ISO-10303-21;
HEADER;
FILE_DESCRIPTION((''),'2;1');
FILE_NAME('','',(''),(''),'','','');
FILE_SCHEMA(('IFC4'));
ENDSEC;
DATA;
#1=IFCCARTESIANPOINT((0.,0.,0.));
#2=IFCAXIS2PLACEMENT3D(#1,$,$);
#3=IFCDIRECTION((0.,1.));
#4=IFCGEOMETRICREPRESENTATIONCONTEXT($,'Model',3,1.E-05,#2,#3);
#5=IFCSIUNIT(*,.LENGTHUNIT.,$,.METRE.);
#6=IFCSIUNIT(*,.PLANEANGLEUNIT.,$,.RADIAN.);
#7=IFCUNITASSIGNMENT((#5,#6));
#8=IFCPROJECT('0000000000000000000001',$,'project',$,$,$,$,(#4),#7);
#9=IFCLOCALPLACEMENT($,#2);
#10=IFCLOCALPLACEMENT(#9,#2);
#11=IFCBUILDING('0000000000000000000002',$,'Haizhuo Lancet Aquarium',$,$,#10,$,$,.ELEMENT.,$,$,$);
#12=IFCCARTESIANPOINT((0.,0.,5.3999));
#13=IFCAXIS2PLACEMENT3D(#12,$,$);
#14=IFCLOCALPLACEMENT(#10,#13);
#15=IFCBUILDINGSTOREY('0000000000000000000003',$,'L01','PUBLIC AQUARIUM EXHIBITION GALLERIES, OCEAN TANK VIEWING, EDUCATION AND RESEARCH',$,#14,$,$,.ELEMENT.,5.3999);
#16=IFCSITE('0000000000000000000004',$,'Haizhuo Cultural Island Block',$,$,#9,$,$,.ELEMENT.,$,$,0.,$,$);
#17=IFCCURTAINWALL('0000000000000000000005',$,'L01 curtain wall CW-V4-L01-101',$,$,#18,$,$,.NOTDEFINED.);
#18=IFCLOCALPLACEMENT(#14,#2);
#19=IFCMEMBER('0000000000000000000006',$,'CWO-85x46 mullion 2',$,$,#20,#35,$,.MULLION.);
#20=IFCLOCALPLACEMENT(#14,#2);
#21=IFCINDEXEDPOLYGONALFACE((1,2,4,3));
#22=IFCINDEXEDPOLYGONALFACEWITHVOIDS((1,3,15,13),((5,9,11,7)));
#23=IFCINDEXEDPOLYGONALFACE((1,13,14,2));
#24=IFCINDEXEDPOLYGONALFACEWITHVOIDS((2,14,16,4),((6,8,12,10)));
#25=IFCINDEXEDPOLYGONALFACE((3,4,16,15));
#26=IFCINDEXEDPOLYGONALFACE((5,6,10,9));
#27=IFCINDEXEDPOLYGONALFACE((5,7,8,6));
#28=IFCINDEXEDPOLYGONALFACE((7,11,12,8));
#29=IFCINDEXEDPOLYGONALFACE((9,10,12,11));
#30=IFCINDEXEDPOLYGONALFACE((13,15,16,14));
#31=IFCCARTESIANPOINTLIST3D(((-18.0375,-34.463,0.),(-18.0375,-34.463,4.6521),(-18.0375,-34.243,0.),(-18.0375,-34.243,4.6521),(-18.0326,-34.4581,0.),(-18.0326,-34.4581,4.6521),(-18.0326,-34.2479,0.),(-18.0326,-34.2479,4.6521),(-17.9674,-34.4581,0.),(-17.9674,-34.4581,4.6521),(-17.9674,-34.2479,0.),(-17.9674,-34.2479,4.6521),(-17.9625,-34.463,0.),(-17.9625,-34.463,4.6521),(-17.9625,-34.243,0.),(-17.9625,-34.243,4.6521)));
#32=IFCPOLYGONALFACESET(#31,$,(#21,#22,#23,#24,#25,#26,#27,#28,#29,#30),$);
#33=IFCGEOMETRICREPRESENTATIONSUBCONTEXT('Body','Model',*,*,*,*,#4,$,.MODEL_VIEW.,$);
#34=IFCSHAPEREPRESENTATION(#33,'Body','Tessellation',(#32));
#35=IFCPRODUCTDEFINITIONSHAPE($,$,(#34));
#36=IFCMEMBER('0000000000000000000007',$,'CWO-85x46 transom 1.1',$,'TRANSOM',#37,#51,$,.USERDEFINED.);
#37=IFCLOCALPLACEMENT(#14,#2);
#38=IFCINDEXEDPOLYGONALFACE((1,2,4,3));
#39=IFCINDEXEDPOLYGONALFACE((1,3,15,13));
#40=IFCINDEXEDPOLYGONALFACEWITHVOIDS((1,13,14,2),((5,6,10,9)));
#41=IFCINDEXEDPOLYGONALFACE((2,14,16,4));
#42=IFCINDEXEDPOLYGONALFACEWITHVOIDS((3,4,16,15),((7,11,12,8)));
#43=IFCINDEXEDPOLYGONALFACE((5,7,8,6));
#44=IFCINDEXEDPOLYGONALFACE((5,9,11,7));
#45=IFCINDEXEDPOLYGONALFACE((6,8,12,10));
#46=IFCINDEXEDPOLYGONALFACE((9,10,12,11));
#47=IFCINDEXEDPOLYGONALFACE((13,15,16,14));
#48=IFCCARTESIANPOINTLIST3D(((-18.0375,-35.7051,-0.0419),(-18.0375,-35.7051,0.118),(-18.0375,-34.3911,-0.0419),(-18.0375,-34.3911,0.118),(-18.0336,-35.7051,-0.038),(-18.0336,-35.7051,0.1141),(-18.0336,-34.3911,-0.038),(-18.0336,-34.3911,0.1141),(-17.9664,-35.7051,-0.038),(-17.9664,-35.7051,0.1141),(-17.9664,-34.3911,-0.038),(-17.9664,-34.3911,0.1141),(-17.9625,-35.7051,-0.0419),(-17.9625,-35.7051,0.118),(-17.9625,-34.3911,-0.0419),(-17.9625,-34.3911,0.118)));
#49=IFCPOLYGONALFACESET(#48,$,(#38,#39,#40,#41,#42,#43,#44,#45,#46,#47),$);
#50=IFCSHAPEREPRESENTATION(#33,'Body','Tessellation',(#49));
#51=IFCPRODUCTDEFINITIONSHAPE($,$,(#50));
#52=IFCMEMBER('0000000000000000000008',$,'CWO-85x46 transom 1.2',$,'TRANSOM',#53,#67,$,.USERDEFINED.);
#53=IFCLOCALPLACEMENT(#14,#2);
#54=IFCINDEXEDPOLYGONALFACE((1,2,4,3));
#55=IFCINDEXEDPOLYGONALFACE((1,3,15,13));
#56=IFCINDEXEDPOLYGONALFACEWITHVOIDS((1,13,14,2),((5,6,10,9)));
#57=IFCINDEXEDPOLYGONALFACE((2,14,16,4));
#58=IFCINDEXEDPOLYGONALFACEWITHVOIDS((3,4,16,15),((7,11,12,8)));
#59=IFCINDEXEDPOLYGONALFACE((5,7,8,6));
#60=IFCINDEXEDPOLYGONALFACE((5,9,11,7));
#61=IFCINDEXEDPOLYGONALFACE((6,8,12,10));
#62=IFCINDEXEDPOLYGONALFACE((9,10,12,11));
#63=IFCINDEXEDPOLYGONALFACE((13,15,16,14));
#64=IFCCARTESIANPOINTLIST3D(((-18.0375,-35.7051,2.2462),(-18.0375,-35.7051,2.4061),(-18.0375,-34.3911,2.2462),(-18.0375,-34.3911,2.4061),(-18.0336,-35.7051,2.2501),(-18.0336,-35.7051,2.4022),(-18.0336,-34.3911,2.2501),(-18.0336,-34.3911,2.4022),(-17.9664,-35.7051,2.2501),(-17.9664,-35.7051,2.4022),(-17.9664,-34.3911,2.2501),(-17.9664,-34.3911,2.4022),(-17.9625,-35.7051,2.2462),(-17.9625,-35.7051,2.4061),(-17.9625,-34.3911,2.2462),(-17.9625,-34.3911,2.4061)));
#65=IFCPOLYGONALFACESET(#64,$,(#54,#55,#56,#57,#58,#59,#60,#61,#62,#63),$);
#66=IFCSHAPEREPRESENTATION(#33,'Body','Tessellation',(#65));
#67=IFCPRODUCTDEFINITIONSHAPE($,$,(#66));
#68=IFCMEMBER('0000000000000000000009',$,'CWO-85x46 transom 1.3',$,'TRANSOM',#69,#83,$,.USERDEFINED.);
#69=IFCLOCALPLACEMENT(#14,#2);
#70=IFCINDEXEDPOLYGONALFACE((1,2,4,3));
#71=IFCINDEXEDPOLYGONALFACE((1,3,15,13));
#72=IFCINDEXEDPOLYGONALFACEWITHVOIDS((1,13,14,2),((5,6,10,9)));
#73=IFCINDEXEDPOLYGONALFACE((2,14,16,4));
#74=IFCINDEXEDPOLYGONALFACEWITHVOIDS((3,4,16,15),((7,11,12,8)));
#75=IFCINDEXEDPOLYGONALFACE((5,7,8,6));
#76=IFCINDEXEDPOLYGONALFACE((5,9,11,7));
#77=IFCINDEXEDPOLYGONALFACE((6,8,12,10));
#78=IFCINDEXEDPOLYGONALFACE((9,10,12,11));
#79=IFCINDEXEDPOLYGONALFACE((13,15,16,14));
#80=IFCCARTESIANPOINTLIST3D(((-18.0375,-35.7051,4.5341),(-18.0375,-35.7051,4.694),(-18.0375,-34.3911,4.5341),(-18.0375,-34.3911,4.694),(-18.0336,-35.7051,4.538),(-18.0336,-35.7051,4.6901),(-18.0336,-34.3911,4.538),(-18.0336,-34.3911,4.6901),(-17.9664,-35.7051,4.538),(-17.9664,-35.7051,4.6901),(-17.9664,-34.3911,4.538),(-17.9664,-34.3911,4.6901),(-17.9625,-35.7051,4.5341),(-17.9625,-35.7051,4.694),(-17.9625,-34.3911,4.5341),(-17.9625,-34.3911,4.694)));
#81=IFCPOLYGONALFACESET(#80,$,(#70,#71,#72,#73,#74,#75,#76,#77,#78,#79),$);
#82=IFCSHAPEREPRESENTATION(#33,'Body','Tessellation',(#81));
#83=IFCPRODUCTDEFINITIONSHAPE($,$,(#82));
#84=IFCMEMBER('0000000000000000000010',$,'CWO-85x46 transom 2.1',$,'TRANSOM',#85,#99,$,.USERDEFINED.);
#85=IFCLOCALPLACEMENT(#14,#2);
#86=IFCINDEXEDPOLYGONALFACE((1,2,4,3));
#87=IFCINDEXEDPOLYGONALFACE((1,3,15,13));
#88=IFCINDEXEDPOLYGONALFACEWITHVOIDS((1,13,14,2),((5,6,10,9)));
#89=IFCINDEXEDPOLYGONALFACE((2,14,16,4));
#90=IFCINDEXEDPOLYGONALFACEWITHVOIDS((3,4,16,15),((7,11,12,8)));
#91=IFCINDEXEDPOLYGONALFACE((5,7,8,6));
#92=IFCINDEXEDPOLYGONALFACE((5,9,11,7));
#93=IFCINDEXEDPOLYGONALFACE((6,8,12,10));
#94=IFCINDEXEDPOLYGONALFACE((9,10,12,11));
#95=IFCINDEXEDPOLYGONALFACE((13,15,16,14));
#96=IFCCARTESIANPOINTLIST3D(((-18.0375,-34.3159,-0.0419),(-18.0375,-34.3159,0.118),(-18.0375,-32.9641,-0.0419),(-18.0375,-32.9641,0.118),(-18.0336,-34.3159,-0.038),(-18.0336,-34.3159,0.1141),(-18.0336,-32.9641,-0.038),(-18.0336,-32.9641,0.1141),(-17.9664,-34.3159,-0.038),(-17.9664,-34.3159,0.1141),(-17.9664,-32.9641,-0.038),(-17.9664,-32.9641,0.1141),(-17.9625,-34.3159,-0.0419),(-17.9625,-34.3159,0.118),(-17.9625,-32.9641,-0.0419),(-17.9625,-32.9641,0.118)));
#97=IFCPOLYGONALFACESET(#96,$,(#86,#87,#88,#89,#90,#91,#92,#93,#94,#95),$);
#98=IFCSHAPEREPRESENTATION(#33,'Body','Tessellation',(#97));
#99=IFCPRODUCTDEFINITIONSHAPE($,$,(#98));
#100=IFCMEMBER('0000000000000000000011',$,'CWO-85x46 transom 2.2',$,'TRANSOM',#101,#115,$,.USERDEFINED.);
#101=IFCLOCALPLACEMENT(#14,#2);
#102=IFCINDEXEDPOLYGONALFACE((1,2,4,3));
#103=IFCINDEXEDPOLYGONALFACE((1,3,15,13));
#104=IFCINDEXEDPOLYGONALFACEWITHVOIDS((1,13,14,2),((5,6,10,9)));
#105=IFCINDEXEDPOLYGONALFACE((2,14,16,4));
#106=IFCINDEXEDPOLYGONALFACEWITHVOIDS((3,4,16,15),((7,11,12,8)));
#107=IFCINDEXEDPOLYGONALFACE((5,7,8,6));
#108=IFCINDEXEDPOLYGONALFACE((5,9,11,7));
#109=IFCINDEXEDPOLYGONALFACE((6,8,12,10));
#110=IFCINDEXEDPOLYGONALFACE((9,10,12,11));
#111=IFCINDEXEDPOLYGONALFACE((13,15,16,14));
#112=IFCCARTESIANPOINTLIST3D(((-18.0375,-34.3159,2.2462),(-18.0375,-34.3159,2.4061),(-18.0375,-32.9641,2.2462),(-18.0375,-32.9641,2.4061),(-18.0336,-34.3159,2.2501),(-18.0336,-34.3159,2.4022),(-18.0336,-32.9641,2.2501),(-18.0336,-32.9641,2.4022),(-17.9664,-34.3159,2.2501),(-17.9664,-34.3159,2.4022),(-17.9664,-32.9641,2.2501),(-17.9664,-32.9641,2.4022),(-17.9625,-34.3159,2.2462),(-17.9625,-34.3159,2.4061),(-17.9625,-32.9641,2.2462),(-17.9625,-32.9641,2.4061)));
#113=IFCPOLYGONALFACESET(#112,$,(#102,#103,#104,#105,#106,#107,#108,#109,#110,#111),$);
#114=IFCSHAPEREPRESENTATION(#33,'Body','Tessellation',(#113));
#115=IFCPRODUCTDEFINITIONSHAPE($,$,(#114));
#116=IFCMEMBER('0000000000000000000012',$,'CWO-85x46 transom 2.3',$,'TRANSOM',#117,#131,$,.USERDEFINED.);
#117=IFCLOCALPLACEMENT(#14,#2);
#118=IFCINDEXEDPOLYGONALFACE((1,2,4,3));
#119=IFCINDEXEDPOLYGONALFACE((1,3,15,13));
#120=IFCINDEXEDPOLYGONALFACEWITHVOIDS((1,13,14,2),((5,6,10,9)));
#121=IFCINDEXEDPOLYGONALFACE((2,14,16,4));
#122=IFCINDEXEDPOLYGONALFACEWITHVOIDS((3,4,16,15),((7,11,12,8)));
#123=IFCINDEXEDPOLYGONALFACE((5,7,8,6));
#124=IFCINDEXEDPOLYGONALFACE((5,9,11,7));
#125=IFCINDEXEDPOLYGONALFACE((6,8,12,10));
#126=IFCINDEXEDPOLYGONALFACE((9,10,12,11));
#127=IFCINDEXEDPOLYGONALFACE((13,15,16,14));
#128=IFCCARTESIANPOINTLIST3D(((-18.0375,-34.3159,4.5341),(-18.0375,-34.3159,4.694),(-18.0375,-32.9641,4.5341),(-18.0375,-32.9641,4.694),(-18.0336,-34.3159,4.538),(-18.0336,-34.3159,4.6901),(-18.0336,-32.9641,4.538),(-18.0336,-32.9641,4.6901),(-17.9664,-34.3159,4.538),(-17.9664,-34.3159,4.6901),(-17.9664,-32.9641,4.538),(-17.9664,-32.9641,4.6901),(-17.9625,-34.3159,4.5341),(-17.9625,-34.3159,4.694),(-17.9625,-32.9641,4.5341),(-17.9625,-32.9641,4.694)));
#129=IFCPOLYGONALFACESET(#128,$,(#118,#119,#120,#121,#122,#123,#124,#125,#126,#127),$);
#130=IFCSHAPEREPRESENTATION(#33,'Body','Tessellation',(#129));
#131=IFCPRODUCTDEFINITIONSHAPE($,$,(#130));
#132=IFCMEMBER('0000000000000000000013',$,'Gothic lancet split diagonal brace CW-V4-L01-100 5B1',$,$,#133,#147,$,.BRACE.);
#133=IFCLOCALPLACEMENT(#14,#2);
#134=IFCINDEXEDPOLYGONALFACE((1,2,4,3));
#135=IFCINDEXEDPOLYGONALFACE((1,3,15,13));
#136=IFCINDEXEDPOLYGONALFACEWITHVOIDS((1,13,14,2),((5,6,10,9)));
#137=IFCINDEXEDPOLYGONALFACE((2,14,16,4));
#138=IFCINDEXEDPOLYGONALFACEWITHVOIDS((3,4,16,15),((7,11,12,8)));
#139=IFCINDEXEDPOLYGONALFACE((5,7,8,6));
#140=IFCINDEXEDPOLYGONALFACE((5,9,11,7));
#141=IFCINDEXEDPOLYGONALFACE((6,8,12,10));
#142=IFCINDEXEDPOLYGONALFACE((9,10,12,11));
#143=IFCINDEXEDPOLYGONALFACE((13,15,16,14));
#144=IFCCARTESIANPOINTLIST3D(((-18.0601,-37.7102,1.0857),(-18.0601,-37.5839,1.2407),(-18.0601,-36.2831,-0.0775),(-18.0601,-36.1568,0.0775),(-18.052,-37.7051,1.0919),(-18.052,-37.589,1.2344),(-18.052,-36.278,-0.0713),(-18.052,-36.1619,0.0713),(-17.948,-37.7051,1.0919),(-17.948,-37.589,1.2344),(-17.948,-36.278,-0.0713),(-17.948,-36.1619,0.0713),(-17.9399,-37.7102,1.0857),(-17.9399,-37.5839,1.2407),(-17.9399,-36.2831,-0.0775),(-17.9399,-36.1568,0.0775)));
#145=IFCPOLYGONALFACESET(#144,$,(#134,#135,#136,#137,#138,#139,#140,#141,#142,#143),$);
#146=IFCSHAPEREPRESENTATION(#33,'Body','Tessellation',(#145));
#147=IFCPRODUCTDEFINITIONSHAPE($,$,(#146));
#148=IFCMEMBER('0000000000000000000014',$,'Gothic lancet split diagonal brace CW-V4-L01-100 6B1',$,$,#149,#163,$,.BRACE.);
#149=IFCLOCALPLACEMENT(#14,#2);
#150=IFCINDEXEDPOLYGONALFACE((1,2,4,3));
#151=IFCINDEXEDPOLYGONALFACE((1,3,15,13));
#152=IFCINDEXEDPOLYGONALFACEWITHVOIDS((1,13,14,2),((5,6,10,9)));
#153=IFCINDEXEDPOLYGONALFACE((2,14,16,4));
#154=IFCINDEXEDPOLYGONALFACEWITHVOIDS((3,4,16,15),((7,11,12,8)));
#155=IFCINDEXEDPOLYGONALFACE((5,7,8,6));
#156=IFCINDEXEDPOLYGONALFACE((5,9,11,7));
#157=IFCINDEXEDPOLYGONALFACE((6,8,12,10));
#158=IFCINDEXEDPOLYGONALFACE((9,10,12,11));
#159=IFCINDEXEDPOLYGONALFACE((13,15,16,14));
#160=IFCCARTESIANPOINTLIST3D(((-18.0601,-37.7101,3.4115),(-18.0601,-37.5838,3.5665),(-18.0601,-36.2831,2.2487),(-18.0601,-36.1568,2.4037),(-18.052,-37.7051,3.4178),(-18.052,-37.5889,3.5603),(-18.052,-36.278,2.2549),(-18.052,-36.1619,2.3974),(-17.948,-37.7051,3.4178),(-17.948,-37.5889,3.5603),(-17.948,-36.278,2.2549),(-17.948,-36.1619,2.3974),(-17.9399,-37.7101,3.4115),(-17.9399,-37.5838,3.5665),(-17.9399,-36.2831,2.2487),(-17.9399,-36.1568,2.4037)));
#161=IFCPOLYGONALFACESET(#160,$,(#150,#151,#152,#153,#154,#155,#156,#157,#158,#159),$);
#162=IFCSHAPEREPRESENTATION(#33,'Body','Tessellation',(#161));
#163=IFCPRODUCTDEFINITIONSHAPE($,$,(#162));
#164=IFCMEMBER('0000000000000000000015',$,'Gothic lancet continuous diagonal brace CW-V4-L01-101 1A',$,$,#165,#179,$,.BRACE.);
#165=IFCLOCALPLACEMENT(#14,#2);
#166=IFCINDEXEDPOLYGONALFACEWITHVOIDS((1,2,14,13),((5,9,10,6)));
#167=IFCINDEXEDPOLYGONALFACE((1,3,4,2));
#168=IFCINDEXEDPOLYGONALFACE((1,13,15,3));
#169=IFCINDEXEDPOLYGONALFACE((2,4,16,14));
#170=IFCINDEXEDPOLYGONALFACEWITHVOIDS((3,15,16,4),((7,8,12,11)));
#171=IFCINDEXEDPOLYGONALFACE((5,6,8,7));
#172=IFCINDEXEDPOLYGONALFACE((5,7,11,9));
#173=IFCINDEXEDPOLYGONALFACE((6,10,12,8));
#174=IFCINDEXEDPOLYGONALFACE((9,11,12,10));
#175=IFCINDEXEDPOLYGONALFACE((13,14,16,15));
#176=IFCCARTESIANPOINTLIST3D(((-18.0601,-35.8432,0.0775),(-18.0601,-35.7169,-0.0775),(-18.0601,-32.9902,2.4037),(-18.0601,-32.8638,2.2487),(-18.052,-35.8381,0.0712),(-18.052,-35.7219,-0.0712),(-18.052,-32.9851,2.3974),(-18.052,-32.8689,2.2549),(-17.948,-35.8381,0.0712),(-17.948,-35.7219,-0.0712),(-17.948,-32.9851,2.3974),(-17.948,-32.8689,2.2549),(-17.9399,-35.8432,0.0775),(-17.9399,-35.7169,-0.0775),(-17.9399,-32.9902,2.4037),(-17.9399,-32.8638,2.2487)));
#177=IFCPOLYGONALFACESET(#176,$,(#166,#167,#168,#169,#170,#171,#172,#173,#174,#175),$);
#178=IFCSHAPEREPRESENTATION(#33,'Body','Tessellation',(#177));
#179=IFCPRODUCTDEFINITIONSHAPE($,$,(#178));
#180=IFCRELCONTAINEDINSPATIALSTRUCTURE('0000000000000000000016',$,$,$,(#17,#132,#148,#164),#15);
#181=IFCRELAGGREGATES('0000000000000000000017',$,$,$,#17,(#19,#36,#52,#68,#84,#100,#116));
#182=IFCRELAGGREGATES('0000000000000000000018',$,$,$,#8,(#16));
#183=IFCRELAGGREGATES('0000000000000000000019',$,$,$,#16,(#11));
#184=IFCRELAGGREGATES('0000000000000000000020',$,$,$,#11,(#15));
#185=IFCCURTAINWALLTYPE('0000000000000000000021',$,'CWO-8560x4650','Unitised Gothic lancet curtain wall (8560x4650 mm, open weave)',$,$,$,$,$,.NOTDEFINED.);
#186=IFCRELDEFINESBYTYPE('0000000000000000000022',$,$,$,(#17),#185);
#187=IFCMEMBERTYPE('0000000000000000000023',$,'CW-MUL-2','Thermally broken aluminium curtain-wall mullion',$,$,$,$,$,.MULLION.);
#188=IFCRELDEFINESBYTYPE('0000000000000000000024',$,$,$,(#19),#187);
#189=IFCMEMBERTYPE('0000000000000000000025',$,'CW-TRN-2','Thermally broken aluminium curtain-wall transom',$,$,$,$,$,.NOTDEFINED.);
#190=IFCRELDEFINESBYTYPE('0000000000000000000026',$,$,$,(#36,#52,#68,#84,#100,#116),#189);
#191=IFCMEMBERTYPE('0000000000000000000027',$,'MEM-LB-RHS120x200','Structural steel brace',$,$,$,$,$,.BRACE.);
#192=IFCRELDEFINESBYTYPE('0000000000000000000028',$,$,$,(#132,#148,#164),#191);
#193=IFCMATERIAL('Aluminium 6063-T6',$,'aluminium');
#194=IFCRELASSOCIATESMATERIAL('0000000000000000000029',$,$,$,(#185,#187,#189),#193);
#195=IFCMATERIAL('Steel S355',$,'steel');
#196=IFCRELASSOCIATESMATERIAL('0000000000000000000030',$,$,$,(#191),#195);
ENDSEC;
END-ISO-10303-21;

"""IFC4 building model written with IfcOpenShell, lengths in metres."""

from ifc_helpers import new_model, si_unit, direction, frame, origin, origin_2d, place, context, subcontext, project, spatial, hollow_rectangle, extrude, material, material_profile, profile_set, type_object, element, aggregate, save


model = new_model("IFC4")

# Units and contexts
model_context = context("Model", 3, precision=1e-05, world=origin(), true_north=direction((0.0, 1.0)))
body_context = subcontext(model_context, "Body", "Model", "MODEL_VIEW")
ifc_project = project(units=[si_unit("LENGTHUNIT", "METRE"), si_unit("PLANEANGLEUNIT", "RADIAN")], contexts=[model_context])

# Site, building, storey
site_placement = place(None, origin())
site = spatial("IfcSite", under=ifc_project, at=site_placement, Name="Haizhuo Cultural Island Block", CompositionType="ELEMENT", RefElevation=0.0)
building_placement = place(site_placement, origin())
building = spatial("IfcBuilding", under=site, at=building_placement, Name="Haizhuo Lancet Aquarium", CompositionType="ELEMENT")
storey_placement = place(building_placement, frame((0.0, 0.0, 5.3999)))
storey = spatial("IfcBuildingStorey", under=building, at=storey_placement, Name="L01", Description="PUBLIC AQUARIUM EXHIBITION GALLERIES, OCEAN TANK VIEWING, EDUCATION AND RESEARCH", CompositionType="ELEMENT", Elevation=5.3999)

# Shared definitions
ifc_material_1 = material(Name="Steel S355", Category="steel")

# Shared definitions
ifc_material_2 = material(Name="Aluminium 6063-T6", Category="aluminium")
curtain_wall_type = type_object("IfcCurtainWallType", Name="CWO-8560x4650", Description="Unitised Gothic lancet curtain wall (8560x4650 mm, open weave)", PredefinedType="NOTDEFINED", material=ifc_material_2)

# Curtain wall, members
curtain_wall_1_placement = place(storey_placement, origin())
curtain_wall_1 = element("IfcCurtainWall", 1, at=curtain_wall_1_placement, inside=storey, type_object=curtain_wall_type, Name="L01 curtain wall CW-V4-L01-101", PredefinedType="NOTDEFINED")
ifc_material_profile_1 = material_profile(ifc_material_2, hollow_rectangle(XDim=0.075, YDim=0.22, WallThickness=0.0049, at=origin_2d()), Name="ALU-M 75x220x5")
ifc_profile_set_1 = profile_set([ifc_material_profile_1], Name="Aluminium 6063-T6")
member_type_1 = type_object("IfcMemberType", Name="CW-MUL-2", Description="Thermally broken aluminium curtain-wall mullion", PredefinedType="MULLION", material=ifc_profile_set_1)
member_1_placement = place(storey_placement, frame((-18.0, -34.353, 0.0), z_axis=(0.0, 0.0, 1.0), x_axis=(-1.0, 0.0, 0.0)))
member_1 = element("IfcMember", 2, at=member_1_placement, type_object=member_type_1, Name="CWO-85x46 mullion 2", PredefinedType="MULLION", context=body_context, shape_type="SweptSolid", body=[
    extrude(hollow_rectangle(XDim=0.075, YDim=0.22, WallThickness=0.0049, at=origin_2d()), origin(), (0.0, 0.0, 1.0), 4.6521),
])
ifc_material_profile_2 = material_profile(ifc_material_2, hollow_rectangle(XDim=0.075, YDim=0.1599, WallThickness=0.0039, at=origin_2d()), Name="ALU-T 75x160x4")
ifc_profile_set_2 = profile_set([ifc_material_profile_2], Name="Aluminium 6063-T6")
member_type_2 = type_object("IfcMemberType", Name="CW-TRN-2", Description="Thermally broken aluminium curtain-wall transom", PredefinedType="NOTDEFINED", material=ifc_profile_set_2)
member_2_placement = place(storey_placement, frame((-18.0, -35.7051, 0.0381), z_axis=(0.0, 1.0, 0.0), x_axis=(-1.0, 0.0, 0.0)))
member_2 = element("IfcMember", 3, at=member_2_placement, type_object=member_type_2, Name="CWO-85x46 transom 1.1", ObjectType="TRANSOM", PredefinedType="USERDEFINED", context=body_context, shape_type="SweptSolid", body=[
    extrude(hollow_rectangle(XDim=0.075, YDim=0.1599, WallThickness=0.0039, at=origin_2d()), origin(), (0.0, 0.0, 1.0), 1.314),
])
member_3_placement = place(storey_placement, frame((-18.0, -35.7051, 2.3262), z_axis=(0.0, 1.0, 0.0), x_axis=(-1.0, 0.0, 0.0)))
member_3 = element("IfcMember", 4, at=member_3_placement, type_object=member_type_2, Name="CWO-85x46 transom 1.2", ObjectType="TRANSOM", PredefinedType="USERDEFINED", context=body_context, shape_type="SweptSolid", body=[
    extrude(hollow_rectangle(XDim=0.075, YDim=0.1599, WallThickness=0.0039, at=origin_2d()), origin(), (0.0, 0.0, 1.0), 1.314),
])
member_4_placement = place(storey_placement, frame((-18.0, -35.7051, 4.614), z_axis=(0.0, 1.0, 0.0), x_axis=(-1.0, 0.0, 0.0)))
member_4 = element("IfcMember", 5, at=member_4_placement, type_object=member_type_2, Name="CWO-85x46 transom 1.3", ObjectType="TRANSOM", PredefinedType="USERDEFINED", context=body_context, shape_type="SweptSolid", body=[
    extrude(hollow_rectangle(XDim=0.075, YDim=0.1599, WallThickness=0.0039, at=origin_2d()), origin(), (0.0, 0.0, 1.0), 1.314),
])
member_5_placement = place(storey_placement, frame((-18.0, -34.3159, 0.0381), z_axis=(0.0, 1.0, 0.0), x_axis=(-1.0, 0.0, 0.0)))
member_5 = element("IfcMember", 6, at=member_5_placement, type_object=member_type_2, Name="CWO-85x46 transom 2.1", ObjectType="TRANSOM", PredefinedType="USERDEFINED", context=body_context, shape_type="SweptSolid", body=[
    extrude(hollow_rectangle(XDim=0.075, YDim=0.1599, WallThickness=0.0039, at=origin_2d()), origin(), (0.0, 0.0, 1.0), 1.3518),
])
member_6_placement = place(storey_placement, frame((-18.0, -34.3159, 2.3262), z_axis=(0.0, 1.0, 0.0), x_axis=(-1.0, 0.0, 0.0)))
member_6 = element("IfcMember", 7, at=member_6_placement, type_object=member_type_2, Name="CWO-85x46 transom 2.2", ObjectType="TRANSOM", PredefinedType="USERDEFINED", context=body_context, shape_type="SweptSolid", body=[
    extrude(hollow_rectangle(XDim=0.075, YDim=0.1599, WallThickness=0.0039, at=origin_2d()), origin(), (0.0, 0.0, 1.0), 1.3518),
])
member_7_placement = place(storey_placement, frame((-18.0, -34.3159, 4.614), z_axis=(0.0, 1.0, 0.0), x_axis=(-1.0, 0.0, 0.0)))
member_7 = element("IfcMember", 8, at=member_7_placement, type_object=member_type_2, Name="CWO-85x46 transom 2.3", ObjectType="TRANSOM", PredefinedType="USERDEFINED", context=body_context, shape_type="SweptSolid", body=[
    extrude(hollow_rectangle(XDim=0.075, YDim=0.1599, WallThickness=0.0039, at=origin_2d()), origin(), (0.0, 0.0, 1.0), 1.3518),
])

# Members
ifc_material_profile_3 = material_profile(ifc_material_1, hollow_rectangle(XDim=0.1201, YDim=0.2, WallThickness=0.0081, at=origin_2d()), Name="RHS 120x200x8")
ifc_profile_set_3 = profile_set([ifc_material_profile_3], Name="Steel S355")
member_type_3 = type_object("IfcMemberType", Name="MEM-LB-RHS120x200", Description="Structural steel brace", PredefinedType="BRACE", material=ifc_profile_set_3)
member_8_placement = place(storey_placement, frame((-18.0, -36.22, 0.0), z_axis=(0.0, -0.775144, 0.631785), x_axis=(1.0, 0.0, 0.0)))
element("IfcMember", 9, at=member_8_placement, inside=storey, type_object=member_type_3, Name="Gothic lancet split diagonal brace CW-V4-L01-100 5B1", PredefinedType="BRACE", context=body_context, shape_type="SweptSolid", body=[
    extrude(hollow_rectangle(XDim=0.1201, YDim=0.2, WallThickness=0.0081, at=origin_2d()), origin(), (0.0, 0.0, 1.0), 1.8411),
])
member_9_placement = place(storey_placement, frame((-18.0, -36.22, 2.3262), z_axis=(0.0, -0.775209, 0.631705), x_axis=(1.0, 0.0, 0.0)))
element("IfcMember", 10, at=member_9_placement, inside=storey, type_object=member_type_3, Name="Gothic lancet split diagonal brace CW-V4-L01-100 6B1", PredefinedType="BRACE", context=body_context, shape_type="SweptSolid", body=[
    extrude(hollow_rectangle(XDim=0.1201, YDim=0.2, WallThickness=0.0081, at=origin_2d()), origin(), (0.0, 0.0, 1.0), 1.8408),
])
member_10_placement = place(storey_placement, frame((-18.0, -35.78, 0.0), z_axis=(0.0, 0.775038, 0.631915), x_axis=(-1.0, 0.0, 0.0)))
element("IfcMember", 11, at=member_10_placement, inside=storey, type_object=member_type_3, Name="Gothic lancet continuous diagonal brace CW-V4-L01-101 1A", PredefinedType="BRACE", context=body_context, shape_type="SweptSolid", body=[
    extrude(hollow_rectangle(XDim=0.1201, YDim=0.2, WallThickness=0.0081, at=origin_2d()), origin(), (0.0, 0.0, 1.0), 3.6812),
])

aggregate(curtain_wall_1, [member_1, member_2, member_3, member_4, member_5, member_6, member_7])

save(model, "model.ifc")
